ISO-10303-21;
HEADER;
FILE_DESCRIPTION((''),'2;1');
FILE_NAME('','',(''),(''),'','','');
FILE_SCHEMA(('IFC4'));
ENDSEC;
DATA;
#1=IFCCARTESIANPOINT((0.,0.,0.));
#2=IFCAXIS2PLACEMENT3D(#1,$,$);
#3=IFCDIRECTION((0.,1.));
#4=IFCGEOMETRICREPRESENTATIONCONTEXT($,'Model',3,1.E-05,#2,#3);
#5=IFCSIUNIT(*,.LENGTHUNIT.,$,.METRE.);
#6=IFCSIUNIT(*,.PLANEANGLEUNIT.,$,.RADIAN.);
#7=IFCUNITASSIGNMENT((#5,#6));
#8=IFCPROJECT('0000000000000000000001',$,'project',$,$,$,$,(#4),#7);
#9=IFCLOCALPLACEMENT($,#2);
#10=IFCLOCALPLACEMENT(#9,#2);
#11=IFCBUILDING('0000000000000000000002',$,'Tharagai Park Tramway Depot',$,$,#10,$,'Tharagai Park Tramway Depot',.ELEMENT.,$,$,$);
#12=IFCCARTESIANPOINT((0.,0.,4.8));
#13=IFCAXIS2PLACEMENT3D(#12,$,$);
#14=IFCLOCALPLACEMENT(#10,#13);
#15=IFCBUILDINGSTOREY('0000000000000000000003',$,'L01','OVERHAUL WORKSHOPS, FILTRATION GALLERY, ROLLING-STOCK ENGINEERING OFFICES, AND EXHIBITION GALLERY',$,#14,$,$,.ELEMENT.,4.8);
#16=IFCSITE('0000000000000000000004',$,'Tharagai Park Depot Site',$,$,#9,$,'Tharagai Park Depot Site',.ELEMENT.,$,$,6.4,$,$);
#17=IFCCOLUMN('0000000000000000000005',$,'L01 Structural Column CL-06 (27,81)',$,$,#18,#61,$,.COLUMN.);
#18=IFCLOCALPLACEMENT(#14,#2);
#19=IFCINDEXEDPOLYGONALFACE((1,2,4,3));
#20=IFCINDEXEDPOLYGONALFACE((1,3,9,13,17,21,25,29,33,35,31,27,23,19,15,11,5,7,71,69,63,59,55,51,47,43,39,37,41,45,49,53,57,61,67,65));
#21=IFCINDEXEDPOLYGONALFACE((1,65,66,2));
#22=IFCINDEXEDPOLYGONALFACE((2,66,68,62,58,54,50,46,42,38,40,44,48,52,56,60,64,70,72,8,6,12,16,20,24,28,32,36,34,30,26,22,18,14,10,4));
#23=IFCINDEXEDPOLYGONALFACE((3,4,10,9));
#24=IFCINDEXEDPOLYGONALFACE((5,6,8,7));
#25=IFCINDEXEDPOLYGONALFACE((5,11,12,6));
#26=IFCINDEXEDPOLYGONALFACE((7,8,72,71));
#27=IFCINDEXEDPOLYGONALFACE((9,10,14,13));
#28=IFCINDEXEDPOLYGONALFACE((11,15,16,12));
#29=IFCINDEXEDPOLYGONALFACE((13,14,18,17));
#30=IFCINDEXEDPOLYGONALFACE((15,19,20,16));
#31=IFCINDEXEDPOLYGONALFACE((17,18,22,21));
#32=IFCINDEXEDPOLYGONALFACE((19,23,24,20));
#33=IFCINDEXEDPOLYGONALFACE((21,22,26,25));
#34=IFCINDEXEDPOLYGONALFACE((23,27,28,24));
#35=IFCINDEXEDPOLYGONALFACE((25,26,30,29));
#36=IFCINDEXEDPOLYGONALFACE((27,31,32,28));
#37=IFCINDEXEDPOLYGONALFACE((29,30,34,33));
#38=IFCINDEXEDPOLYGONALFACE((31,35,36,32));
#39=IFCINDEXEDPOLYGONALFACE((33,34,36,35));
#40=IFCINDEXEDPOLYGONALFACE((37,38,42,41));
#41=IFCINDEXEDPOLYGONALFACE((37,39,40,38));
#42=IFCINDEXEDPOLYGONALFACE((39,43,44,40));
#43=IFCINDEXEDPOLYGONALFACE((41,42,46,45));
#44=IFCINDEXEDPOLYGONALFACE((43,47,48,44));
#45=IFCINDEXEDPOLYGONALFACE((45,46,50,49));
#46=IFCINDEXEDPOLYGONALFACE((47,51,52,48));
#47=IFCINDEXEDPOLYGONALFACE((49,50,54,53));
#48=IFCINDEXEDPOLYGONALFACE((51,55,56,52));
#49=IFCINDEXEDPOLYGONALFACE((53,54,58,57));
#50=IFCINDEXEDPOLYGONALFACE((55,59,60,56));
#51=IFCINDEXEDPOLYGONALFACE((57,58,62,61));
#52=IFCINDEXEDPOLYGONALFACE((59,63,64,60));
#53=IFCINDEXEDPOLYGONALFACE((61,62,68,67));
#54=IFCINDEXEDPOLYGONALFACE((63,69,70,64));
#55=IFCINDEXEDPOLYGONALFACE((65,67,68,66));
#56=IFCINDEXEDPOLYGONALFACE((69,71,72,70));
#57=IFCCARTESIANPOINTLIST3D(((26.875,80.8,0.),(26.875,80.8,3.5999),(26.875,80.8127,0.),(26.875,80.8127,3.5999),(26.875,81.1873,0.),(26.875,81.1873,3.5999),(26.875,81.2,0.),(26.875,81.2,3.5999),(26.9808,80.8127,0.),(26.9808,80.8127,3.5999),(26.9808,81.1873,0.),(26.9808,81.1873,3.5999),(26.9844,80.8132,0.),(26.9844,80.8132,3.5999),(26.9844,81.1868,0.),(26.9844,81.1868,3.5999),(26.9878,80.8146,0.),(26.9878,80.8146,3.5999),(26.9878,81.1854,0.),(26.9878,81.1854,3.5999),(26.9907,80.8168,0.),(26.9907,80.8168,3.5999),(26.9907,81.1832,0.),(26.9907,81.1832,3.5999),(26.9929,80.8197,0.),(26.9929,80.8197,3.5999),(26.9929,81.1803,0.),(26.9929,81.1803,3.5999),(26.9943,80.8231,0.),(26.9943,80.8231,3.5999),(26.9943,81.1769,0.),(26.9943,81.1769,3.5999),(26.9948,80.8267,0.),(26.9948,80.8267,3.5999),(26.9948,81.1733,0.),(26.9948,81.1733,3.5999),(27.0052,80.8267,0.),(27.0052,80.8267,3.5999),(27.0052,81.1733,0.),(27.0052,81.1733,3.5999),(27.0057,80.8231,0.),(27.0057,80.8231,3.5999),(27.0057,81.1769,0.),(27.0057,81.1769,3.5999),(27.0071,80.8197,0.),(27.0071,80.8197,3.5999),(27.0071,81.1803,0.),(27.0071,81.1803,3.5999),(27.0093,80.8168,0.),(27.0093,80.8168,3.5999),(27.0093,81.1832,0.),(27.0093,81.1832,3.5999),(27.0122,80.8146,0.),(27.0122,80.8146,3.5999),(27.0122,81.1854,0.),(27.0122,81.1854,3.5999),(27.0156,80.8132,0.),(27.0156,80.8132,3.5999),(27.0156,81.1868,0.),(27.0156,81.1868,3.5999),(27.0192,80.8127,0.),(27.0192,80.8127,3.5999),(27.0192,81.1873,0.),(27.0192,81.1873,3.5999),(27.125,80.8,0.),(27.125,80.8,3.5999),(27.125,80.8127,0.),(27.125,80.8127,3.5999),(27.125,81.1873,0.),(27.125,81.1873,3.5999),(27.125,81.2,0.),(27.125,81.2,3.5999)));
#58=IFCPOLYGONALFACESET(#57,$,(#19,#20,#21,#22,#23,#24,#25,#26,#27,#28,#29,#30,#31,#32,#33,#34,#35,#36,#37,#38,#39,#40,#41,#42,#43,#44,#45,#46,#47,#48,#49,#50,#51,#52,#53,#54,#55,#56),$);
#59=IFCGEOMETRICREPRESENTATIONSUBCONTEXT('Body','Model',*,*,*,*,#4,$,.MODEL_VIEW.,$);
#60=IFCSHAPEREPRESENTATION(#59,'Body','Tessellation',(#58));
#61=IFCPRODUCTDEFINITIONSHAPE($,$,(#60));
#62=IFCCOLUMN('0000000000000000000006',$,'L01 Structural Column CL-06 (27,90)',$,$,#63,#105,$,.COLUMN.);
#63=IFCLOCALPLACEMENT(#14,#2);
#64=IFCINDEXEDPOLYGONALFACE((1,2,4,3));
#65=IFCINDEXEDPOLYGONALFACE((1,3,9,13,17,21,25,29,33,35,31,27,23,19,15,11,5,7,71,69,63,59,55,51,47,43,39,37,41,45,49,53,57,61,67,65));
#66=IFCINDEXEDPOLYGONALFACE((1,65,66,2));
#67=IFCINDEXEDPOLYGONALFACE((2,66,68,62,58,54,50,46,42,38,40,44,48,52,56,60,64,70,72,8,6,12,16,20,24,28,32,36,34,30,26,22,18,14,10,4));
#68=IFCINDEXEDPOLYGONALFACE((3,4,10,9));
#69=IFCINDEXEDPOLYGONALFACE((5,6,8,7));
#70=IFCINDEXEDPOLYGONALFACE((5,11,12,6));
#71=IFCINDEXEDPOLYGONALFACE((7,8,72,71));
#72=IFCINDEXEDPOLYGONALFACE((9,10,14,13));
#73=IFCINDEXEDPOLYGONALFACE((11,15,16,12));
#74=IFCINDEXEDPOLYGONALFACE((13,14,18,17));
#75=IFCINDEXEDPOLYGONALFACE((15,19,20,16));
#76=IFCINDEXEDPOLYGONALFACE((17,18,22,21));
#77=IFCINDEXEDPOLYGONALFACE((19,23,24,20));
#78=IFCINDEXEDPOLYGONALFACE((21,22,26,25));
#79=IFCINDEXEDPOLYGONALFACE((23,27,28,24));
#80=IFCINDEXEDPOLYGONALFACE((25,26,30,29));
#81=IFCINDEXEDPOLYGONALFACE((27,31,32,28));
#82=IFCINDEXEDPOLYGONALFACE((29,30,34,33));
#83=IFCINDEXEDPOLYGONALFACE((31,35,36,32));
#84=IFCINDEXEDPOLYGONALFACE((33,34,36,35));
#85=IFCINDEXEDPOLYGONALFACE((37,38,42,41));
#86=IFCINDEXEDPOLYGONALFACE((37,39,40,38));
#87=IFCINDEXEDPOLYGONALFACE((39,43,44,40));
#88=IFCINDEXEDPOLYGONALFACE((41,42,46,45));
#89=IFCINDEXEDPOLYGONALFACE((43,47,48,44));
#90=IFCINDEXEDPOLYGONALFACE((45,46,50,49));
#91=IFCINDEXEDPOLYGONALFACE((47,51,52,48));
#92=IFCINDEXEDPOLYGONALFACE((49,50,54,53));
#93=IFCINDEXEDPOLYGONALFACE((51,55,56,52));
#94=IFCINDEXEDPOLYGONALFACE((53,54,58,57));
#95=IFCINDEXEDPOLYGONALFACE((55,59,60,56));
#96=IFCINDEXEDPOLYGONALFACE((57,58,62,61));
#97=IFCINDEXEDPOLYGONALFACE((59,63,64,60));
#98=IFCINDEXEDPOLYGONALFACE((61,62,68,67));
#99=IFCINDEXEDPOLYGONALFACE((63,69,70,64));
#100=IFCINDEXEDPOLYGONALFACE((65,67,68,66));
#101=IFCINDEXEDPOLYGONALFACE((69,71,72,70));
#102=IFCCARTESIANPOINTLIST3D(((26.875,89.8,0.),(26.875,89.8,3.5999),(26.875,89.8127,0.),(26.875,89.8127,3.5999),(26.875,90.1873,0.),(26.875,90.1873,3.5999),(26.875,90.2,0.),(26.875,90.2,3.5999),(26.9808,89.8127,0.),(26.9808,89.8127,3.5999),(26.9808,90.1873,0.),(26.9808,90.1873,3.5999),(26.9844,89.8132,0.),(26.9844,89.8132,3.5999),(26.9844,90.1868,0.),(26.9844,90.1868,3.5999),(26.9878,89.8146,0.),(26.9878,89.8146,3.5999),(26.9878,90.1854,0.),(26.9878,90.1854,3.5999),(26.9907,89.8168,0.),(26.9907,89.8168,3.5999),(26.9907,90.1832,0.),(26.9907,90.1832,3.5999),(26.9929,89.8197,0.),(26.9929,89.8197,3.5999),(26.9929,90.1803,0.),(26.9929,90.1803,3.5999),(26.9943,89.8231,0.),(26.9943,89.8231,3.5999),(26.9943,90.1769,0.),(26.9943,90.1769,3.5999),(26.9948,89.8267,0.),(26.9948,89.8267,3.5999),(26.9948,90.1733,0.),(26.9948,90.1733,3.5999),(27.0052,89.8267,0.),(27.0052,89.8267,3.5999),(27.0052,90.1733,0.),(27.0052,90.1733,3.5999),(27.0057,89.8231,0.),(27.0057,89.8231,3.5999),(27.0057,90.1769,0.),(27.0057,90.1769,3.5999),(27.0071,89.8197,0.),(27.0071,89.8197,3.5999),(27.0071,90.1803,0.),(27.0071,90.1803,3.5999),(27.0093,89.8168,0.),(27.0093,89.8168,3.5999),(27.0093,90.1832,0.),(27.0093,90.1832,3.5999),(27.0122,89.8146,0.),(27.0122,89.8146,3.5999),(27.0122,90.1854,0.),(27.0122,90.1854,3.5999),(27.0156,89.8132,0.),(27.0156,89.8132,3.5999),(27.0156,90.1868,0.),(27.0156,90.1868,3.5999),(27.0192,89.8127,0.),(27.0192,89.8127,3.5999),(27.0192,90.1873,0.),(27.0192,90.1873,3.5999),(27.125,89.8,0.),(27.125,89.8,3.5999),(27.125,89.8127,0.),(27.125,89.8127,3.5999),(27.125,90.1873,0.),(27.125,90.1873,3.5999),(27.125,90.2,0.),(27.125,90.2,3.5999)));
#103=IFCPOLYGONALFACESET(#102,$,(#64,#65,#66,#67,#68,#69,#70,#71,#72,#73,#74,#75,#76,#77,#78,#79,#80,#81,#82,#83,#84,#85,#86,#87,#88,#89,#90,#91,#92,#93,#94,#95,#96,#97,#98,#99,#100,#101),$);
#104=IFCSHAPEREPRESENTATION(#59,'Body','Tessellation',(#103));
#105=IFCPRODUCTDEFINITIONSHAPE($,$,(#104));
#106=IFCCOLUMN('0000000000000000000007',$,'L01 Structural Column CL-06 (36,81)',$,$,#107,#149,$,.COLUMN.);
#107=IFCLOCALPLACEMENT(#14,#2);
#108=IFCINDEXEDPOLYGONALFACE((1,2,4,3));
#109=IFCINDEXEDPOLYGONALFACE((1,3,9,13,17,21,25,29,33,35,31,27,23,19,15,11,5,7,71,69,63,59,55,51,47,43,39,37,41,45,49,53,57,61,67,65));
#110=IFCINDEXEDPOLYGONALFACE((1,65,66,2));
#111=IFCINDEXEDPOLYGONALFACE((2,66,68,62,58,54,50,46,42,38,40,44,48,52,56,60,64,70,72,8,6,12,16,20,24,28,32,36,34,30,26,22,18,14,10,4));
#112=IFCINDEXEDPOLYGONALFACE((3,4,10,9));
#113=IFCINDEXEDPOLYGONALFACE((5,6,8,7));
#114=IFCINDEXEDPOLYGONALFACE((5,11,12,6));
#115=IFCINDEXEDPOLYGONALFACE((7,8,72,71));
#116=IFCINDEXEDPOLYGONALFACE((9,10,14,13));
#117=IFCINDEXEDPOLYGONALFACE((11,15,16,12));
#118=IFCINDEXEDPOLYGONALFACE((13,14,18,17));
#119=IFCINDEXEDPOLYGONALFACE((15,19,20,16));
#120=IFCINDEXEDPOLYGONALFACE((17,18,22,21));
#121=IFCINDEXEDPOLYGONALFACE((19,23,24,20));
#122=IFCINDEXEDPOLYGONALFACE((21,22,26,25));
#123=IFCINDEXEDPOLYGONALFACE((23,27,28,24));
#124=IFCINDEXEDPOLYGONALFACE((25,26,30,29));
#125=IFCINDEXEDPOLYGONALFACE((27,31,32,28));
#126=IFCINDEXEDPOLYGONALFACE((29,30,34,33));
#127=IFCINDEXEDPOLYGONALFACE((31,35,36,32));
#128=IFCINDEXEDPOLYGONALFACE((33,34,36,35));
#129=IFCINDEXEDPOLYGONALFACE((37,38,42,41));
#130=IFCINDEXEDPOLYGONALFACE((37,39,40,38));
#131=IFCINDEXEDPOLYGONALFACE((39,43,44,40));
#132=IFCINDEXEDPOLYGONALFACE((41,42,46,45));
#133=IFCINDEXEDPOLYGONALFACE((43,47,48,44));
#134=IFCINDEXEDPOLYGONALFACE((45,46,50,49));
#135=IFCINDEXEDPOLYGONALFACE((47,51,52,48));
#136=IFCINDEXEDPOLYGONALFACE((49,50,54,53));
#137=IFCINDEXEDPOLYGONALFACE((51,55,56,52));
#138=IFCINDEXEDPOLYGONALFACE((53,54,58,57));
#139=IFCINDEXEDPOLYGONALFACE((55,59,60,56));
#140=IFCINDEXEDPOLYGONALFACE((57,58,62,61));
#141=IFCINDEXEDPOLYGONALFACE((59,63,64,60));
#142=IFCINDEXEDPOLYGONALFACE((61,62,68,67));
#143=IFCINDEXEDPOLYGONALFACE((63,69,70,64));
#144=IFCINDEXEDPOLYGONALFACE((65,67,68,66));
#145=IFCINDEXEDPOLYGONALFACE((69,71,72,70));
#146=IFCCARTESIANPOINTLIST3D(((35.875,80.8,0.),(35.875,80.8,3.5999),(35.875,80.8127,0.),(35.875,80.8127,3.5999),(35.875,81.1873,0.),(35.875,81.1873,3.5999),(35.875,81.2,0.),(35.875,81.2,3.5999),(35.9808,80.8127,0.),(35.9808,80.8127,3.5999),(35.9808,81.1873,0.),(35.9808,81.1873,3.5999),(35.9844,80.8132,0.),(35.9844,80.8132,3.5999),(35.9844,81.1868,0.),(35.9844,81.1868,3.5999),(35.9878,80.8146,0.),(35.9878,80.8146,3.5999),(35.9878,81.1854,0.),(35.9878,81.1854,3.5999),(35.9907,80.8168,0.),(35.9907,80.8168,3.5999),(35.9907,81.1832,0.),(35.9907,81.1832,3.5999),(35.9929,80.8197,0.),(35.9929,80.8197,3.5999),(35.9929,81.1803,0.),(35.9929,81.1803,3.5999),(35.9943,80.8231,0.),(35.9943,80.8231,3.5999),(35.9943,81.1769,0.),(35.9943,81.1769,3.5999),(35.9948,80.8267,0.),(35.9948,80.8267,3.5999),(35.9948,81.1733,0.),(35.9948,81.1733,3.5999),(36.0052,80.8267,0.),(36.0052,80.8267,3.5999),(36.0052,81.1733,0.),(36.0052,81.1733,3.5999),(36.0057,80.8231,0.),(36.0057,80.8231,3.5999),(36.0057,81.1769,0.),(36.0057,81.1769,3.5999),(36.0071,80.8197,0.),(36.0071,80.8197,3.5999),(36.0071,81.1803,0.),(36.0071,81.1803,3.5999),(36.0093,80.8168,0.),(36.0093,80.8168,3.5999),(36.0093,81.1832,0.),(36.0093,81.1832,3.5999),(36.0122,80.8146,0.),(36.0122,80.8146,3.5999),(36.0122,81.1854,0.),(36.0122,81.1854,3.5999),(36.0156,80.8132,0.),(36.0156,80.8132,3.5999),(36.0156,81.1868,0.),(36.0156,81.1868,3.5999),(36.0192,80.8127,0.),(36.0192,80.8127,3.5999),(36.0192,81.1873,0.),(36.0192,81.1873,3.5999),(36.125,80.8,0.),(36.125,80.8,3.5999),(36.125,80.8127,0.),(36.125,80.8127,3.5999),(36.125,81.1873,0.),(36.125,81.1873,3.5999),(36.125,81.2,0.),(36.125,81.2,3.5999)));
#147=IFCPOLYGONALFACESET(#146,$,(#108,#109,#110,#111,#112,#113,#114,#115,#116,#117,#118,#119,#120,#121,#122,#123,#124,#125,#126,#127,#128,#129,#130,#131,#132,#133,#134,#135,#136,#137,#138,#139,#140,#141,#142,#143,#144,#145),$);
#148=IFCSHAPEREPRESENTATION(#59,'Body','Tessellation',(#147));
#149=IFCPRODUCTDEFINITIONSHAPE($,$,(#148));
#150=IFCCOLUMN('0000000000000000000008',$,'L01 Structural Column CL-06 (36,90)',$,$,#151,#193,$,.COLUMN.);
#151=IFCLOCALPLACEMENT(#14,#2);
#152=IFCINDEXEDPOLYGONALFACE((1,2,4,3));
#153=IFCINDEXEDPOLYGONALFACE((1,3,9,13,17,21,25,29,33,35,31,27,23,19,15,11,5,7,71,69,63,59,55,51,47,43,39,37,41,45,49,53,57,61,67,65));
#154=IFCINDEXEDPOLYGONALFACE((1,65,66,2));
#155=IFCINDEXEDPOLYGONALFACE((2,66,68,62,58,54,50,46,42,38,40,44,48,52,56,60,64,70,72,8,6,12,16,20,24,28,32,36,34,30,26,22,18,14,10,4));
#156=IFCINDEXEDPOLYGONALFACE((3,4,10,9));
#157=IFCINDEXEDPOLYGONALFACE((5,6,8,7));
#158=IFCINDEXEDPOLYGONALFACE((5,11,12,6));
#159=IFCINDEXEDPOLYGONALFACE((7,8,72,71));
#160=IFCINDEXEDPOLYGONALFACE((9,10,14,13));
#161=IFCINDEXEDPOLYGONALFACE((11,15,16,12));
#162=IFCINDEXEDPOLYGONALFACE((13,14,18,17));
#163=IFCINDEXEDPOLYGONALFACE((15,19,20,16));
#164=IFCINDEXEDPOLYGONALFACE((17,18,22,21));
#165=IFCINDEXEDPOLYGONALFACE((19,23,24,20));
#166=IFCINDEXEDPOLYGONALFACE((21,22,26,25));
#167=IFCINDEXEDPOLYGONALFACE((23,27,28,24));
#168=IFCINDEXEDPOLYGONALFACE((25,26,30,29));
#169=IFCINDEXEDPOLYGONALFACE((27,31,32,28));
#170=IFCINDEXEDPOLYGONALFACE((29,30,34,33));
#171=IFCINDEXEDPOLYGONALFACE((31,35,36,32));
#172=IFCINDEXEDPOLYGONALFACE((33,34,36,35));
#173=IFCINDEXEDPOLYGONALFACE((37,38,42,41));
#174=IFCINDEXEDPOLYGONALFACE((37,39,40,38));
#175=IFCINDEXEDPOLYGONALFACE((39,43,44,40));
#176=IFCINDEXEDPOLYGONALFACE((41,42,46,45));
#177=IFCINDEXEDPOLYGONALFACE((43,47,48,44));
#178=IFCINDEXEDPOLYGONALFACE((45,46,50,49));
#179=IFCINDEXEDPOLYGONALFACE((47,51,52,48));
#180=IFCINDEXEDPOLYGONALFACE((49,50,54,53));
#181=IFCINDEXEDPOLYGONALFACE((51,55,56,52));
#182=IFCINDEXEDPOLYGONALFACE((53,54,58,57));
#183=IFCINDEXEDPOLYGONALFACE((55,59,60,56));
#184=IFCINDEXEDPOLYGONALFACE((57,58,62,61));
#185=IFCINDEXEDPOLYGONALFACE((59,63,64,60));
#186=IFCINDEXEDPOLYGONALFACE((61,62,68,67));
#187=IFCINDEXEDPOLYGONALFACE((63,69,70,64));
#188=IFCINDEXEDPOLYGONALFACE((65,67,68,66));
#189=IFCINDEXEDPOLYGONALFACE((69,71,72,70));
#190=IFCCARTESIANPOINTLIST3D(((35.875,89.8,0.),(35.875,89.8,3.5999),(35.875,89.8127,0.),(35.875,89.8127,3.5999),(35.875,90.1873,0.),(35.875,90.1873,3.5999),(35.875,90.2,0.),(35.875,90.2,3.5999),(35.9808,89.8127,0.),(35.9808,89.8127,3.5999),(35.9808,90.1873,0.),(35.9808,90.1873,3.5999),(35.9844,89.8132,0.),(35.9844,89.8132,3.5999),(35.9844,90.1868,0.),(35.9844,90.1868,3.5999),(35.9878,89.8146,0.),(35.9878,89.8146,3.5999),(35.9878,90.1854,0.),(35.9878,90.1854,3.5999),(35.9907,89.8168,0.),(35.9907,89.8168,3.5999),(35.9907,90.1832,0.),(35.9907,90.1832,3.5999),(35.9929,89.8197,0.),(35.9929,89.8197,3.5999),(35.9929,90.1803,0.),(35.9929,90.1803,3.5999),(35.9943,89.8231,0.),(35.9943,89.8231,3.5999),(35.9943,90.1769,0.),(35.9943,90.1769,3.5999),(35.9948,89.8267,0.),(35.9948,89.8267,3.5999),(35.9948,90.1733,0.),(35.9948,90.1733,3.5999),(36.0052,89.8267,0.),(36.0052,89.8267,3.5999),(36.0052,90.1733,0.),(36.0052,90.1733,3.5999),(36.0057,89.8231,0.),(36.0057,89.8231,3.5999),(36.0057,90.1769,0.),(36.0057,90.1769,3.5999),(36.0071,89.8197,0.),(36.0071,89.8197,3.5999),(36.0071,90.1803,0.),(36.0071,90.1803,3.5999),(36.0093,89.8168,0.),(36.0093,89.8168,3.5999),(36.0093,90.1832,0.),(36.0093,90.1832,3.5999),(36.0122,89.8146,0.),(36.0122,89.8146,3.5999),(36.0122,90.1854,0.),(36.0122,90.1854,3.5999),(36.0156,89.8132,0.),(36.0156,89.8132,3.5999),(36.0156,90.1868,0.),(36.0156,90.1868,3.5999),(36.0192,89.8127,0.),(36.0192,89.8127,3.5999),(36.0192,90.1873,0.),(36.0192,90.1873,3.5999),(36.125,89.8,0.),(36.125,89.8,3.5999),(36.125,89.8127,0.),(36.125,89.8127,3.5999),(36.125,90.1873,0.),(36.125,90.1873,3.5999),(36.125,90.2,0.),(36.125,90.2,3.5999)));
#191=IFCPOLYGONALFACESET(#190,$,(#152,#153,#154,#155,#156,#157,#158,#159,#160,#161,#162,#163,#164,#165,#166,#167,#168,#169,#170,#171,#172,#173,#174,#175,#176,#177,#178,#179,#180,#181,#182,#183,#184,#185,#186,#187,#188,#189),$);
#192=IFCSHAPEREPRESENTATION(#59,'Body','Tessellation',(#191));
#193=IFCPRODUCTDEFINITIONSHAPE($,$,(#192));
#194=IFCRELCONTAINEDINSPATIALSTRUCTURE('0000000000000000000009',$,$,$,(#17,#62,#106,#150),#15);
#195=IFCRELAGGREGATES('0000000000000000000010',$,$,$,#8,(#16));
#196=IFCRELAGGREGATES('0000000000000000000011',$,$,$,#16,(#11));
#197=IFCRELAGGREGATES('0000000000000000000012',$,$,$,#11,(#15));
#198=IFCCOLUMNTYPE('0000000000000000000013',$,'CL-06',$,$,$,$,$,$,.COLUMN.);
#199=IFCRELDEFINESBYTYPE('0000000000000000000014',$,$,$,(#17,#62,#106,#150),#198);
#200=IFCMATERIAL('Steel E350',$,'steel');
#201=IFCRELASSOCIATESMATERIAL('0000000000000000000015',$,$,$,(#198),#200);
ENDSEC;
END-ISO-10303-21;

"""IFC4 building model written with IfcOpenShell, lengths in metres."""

from ifc_helpers import new_model, si_unit, direction, frame, origin, origin_2d, place, context, subcontext, project, spatial, i_section, extrude, material, material_profile, profile_set, type_object, element, save


model = new_model("IFC4")

# Units and contexts
model_context = context("Model", 3, precision=1e-05, world=origin(), true_north=direction((0.0, 1.0)))
body_context = subcontext(model_context, "Body", "Model", "MODEL_VIEW")
ifc_project = project(units=[si_unit("LENGTHUNIT", "METRE"), si_unit("PLANEANGLEUNIT", "RADIAN")], contexts=[model_context])

# Site, building, storey
site_placement = place(None, origin())
site = spatial("IfcSite", under=ifc_project, at=site_placement, Name="Tharagai Park Depot Site", LongName="Tharagai Park Depot Site", CompositionType="ELEMENT", RefElevation=6.4)
building_placement = place(site_placement, origin())
building = spatial("IfcBuilding", under=site, at=building_placement, Name="Tharagai Park Tramway Depot", LongName="Tharagai Park Tramway Depot", CompositionType="ELEMENT")
storey_placement = place(building_placement, frame((0.0, 0.0, 4.8)))
storey = spatial("IfcBuildingStorey", under=building, at=storey_placement, Name="L01", Description="OVERHAUL WORKSHOPS, FILTRATION GALLERY, ROLLING-STOCK ENGINEERING OFFICES, AND EXHIBITION GALLERY", CompositionType="ELEMENT", Elevation=4.8)

# Columns
ifc_material_1 = material(Name="Steel E350", Category="steel")
ifc_material_profile_1 = material_profile(ifc_material_1, i_section(OverallWidth=0.25, OverallDepth=0.3999, WebThickness=0.0105, FlangeThickness=0.0127, FilletRadius=0.0139, at=origin_2d()), Name="ISHB 400")
ifc_profile_set_1 = profile_set([ifc_material_profile_1], Name="Steel E350")
column_type = type_object("IfcColumnType", Name="CL-06", PredefinedType="COLUMN", material=ifc_profile_set_1)
for number, where, z_axis, x_axis, name in (
    (1, (27.0, 81.0, 0.0), (0.0, 0.0, 1.0), (1.0, 0.0, 0.0), "L01 Structural Column CL-06 (27,81)"),
    (2, (27.0, 90.0, 0.0), (0.0, 0.0, 1.0), (1.0, 0.0, 0.0), "L01 Structural Column CL-06 (27,90)"),
    (3, (36.0, 81.0, 0.0), (0.0, 0.0, 1.0), (1.0, 0.0, 0.0), "L01 Structural Column CL-06 (36,81)"),
    (4, (36.0, 90.0, 0.0), (0.0, 0.0, 1.0), (1.0, 0.0, 0.0), "L01 Structural Column CL-06 (36,90)"),
):
    element("IfcColumn", number, at=place(storey_placement, frame(where, z_axis=z_axis, x_axis=x_axis)), inside=storey, type_object=column_type, Name=name, PredefinedType="COLUMN", context=body_context, shape_type="SweptSolid", body=[
        extrude(i_section(OverallWidth=0.25, OverallDepth=0.3999, WebThickness=0.0105, FlangeThickness=0.0127, FilletRadius=0.0139, at=origin_2d()), origin(), (0.0, 0.0, 1.0), 3.5999),
    ])

save(model, "model.ifc")
